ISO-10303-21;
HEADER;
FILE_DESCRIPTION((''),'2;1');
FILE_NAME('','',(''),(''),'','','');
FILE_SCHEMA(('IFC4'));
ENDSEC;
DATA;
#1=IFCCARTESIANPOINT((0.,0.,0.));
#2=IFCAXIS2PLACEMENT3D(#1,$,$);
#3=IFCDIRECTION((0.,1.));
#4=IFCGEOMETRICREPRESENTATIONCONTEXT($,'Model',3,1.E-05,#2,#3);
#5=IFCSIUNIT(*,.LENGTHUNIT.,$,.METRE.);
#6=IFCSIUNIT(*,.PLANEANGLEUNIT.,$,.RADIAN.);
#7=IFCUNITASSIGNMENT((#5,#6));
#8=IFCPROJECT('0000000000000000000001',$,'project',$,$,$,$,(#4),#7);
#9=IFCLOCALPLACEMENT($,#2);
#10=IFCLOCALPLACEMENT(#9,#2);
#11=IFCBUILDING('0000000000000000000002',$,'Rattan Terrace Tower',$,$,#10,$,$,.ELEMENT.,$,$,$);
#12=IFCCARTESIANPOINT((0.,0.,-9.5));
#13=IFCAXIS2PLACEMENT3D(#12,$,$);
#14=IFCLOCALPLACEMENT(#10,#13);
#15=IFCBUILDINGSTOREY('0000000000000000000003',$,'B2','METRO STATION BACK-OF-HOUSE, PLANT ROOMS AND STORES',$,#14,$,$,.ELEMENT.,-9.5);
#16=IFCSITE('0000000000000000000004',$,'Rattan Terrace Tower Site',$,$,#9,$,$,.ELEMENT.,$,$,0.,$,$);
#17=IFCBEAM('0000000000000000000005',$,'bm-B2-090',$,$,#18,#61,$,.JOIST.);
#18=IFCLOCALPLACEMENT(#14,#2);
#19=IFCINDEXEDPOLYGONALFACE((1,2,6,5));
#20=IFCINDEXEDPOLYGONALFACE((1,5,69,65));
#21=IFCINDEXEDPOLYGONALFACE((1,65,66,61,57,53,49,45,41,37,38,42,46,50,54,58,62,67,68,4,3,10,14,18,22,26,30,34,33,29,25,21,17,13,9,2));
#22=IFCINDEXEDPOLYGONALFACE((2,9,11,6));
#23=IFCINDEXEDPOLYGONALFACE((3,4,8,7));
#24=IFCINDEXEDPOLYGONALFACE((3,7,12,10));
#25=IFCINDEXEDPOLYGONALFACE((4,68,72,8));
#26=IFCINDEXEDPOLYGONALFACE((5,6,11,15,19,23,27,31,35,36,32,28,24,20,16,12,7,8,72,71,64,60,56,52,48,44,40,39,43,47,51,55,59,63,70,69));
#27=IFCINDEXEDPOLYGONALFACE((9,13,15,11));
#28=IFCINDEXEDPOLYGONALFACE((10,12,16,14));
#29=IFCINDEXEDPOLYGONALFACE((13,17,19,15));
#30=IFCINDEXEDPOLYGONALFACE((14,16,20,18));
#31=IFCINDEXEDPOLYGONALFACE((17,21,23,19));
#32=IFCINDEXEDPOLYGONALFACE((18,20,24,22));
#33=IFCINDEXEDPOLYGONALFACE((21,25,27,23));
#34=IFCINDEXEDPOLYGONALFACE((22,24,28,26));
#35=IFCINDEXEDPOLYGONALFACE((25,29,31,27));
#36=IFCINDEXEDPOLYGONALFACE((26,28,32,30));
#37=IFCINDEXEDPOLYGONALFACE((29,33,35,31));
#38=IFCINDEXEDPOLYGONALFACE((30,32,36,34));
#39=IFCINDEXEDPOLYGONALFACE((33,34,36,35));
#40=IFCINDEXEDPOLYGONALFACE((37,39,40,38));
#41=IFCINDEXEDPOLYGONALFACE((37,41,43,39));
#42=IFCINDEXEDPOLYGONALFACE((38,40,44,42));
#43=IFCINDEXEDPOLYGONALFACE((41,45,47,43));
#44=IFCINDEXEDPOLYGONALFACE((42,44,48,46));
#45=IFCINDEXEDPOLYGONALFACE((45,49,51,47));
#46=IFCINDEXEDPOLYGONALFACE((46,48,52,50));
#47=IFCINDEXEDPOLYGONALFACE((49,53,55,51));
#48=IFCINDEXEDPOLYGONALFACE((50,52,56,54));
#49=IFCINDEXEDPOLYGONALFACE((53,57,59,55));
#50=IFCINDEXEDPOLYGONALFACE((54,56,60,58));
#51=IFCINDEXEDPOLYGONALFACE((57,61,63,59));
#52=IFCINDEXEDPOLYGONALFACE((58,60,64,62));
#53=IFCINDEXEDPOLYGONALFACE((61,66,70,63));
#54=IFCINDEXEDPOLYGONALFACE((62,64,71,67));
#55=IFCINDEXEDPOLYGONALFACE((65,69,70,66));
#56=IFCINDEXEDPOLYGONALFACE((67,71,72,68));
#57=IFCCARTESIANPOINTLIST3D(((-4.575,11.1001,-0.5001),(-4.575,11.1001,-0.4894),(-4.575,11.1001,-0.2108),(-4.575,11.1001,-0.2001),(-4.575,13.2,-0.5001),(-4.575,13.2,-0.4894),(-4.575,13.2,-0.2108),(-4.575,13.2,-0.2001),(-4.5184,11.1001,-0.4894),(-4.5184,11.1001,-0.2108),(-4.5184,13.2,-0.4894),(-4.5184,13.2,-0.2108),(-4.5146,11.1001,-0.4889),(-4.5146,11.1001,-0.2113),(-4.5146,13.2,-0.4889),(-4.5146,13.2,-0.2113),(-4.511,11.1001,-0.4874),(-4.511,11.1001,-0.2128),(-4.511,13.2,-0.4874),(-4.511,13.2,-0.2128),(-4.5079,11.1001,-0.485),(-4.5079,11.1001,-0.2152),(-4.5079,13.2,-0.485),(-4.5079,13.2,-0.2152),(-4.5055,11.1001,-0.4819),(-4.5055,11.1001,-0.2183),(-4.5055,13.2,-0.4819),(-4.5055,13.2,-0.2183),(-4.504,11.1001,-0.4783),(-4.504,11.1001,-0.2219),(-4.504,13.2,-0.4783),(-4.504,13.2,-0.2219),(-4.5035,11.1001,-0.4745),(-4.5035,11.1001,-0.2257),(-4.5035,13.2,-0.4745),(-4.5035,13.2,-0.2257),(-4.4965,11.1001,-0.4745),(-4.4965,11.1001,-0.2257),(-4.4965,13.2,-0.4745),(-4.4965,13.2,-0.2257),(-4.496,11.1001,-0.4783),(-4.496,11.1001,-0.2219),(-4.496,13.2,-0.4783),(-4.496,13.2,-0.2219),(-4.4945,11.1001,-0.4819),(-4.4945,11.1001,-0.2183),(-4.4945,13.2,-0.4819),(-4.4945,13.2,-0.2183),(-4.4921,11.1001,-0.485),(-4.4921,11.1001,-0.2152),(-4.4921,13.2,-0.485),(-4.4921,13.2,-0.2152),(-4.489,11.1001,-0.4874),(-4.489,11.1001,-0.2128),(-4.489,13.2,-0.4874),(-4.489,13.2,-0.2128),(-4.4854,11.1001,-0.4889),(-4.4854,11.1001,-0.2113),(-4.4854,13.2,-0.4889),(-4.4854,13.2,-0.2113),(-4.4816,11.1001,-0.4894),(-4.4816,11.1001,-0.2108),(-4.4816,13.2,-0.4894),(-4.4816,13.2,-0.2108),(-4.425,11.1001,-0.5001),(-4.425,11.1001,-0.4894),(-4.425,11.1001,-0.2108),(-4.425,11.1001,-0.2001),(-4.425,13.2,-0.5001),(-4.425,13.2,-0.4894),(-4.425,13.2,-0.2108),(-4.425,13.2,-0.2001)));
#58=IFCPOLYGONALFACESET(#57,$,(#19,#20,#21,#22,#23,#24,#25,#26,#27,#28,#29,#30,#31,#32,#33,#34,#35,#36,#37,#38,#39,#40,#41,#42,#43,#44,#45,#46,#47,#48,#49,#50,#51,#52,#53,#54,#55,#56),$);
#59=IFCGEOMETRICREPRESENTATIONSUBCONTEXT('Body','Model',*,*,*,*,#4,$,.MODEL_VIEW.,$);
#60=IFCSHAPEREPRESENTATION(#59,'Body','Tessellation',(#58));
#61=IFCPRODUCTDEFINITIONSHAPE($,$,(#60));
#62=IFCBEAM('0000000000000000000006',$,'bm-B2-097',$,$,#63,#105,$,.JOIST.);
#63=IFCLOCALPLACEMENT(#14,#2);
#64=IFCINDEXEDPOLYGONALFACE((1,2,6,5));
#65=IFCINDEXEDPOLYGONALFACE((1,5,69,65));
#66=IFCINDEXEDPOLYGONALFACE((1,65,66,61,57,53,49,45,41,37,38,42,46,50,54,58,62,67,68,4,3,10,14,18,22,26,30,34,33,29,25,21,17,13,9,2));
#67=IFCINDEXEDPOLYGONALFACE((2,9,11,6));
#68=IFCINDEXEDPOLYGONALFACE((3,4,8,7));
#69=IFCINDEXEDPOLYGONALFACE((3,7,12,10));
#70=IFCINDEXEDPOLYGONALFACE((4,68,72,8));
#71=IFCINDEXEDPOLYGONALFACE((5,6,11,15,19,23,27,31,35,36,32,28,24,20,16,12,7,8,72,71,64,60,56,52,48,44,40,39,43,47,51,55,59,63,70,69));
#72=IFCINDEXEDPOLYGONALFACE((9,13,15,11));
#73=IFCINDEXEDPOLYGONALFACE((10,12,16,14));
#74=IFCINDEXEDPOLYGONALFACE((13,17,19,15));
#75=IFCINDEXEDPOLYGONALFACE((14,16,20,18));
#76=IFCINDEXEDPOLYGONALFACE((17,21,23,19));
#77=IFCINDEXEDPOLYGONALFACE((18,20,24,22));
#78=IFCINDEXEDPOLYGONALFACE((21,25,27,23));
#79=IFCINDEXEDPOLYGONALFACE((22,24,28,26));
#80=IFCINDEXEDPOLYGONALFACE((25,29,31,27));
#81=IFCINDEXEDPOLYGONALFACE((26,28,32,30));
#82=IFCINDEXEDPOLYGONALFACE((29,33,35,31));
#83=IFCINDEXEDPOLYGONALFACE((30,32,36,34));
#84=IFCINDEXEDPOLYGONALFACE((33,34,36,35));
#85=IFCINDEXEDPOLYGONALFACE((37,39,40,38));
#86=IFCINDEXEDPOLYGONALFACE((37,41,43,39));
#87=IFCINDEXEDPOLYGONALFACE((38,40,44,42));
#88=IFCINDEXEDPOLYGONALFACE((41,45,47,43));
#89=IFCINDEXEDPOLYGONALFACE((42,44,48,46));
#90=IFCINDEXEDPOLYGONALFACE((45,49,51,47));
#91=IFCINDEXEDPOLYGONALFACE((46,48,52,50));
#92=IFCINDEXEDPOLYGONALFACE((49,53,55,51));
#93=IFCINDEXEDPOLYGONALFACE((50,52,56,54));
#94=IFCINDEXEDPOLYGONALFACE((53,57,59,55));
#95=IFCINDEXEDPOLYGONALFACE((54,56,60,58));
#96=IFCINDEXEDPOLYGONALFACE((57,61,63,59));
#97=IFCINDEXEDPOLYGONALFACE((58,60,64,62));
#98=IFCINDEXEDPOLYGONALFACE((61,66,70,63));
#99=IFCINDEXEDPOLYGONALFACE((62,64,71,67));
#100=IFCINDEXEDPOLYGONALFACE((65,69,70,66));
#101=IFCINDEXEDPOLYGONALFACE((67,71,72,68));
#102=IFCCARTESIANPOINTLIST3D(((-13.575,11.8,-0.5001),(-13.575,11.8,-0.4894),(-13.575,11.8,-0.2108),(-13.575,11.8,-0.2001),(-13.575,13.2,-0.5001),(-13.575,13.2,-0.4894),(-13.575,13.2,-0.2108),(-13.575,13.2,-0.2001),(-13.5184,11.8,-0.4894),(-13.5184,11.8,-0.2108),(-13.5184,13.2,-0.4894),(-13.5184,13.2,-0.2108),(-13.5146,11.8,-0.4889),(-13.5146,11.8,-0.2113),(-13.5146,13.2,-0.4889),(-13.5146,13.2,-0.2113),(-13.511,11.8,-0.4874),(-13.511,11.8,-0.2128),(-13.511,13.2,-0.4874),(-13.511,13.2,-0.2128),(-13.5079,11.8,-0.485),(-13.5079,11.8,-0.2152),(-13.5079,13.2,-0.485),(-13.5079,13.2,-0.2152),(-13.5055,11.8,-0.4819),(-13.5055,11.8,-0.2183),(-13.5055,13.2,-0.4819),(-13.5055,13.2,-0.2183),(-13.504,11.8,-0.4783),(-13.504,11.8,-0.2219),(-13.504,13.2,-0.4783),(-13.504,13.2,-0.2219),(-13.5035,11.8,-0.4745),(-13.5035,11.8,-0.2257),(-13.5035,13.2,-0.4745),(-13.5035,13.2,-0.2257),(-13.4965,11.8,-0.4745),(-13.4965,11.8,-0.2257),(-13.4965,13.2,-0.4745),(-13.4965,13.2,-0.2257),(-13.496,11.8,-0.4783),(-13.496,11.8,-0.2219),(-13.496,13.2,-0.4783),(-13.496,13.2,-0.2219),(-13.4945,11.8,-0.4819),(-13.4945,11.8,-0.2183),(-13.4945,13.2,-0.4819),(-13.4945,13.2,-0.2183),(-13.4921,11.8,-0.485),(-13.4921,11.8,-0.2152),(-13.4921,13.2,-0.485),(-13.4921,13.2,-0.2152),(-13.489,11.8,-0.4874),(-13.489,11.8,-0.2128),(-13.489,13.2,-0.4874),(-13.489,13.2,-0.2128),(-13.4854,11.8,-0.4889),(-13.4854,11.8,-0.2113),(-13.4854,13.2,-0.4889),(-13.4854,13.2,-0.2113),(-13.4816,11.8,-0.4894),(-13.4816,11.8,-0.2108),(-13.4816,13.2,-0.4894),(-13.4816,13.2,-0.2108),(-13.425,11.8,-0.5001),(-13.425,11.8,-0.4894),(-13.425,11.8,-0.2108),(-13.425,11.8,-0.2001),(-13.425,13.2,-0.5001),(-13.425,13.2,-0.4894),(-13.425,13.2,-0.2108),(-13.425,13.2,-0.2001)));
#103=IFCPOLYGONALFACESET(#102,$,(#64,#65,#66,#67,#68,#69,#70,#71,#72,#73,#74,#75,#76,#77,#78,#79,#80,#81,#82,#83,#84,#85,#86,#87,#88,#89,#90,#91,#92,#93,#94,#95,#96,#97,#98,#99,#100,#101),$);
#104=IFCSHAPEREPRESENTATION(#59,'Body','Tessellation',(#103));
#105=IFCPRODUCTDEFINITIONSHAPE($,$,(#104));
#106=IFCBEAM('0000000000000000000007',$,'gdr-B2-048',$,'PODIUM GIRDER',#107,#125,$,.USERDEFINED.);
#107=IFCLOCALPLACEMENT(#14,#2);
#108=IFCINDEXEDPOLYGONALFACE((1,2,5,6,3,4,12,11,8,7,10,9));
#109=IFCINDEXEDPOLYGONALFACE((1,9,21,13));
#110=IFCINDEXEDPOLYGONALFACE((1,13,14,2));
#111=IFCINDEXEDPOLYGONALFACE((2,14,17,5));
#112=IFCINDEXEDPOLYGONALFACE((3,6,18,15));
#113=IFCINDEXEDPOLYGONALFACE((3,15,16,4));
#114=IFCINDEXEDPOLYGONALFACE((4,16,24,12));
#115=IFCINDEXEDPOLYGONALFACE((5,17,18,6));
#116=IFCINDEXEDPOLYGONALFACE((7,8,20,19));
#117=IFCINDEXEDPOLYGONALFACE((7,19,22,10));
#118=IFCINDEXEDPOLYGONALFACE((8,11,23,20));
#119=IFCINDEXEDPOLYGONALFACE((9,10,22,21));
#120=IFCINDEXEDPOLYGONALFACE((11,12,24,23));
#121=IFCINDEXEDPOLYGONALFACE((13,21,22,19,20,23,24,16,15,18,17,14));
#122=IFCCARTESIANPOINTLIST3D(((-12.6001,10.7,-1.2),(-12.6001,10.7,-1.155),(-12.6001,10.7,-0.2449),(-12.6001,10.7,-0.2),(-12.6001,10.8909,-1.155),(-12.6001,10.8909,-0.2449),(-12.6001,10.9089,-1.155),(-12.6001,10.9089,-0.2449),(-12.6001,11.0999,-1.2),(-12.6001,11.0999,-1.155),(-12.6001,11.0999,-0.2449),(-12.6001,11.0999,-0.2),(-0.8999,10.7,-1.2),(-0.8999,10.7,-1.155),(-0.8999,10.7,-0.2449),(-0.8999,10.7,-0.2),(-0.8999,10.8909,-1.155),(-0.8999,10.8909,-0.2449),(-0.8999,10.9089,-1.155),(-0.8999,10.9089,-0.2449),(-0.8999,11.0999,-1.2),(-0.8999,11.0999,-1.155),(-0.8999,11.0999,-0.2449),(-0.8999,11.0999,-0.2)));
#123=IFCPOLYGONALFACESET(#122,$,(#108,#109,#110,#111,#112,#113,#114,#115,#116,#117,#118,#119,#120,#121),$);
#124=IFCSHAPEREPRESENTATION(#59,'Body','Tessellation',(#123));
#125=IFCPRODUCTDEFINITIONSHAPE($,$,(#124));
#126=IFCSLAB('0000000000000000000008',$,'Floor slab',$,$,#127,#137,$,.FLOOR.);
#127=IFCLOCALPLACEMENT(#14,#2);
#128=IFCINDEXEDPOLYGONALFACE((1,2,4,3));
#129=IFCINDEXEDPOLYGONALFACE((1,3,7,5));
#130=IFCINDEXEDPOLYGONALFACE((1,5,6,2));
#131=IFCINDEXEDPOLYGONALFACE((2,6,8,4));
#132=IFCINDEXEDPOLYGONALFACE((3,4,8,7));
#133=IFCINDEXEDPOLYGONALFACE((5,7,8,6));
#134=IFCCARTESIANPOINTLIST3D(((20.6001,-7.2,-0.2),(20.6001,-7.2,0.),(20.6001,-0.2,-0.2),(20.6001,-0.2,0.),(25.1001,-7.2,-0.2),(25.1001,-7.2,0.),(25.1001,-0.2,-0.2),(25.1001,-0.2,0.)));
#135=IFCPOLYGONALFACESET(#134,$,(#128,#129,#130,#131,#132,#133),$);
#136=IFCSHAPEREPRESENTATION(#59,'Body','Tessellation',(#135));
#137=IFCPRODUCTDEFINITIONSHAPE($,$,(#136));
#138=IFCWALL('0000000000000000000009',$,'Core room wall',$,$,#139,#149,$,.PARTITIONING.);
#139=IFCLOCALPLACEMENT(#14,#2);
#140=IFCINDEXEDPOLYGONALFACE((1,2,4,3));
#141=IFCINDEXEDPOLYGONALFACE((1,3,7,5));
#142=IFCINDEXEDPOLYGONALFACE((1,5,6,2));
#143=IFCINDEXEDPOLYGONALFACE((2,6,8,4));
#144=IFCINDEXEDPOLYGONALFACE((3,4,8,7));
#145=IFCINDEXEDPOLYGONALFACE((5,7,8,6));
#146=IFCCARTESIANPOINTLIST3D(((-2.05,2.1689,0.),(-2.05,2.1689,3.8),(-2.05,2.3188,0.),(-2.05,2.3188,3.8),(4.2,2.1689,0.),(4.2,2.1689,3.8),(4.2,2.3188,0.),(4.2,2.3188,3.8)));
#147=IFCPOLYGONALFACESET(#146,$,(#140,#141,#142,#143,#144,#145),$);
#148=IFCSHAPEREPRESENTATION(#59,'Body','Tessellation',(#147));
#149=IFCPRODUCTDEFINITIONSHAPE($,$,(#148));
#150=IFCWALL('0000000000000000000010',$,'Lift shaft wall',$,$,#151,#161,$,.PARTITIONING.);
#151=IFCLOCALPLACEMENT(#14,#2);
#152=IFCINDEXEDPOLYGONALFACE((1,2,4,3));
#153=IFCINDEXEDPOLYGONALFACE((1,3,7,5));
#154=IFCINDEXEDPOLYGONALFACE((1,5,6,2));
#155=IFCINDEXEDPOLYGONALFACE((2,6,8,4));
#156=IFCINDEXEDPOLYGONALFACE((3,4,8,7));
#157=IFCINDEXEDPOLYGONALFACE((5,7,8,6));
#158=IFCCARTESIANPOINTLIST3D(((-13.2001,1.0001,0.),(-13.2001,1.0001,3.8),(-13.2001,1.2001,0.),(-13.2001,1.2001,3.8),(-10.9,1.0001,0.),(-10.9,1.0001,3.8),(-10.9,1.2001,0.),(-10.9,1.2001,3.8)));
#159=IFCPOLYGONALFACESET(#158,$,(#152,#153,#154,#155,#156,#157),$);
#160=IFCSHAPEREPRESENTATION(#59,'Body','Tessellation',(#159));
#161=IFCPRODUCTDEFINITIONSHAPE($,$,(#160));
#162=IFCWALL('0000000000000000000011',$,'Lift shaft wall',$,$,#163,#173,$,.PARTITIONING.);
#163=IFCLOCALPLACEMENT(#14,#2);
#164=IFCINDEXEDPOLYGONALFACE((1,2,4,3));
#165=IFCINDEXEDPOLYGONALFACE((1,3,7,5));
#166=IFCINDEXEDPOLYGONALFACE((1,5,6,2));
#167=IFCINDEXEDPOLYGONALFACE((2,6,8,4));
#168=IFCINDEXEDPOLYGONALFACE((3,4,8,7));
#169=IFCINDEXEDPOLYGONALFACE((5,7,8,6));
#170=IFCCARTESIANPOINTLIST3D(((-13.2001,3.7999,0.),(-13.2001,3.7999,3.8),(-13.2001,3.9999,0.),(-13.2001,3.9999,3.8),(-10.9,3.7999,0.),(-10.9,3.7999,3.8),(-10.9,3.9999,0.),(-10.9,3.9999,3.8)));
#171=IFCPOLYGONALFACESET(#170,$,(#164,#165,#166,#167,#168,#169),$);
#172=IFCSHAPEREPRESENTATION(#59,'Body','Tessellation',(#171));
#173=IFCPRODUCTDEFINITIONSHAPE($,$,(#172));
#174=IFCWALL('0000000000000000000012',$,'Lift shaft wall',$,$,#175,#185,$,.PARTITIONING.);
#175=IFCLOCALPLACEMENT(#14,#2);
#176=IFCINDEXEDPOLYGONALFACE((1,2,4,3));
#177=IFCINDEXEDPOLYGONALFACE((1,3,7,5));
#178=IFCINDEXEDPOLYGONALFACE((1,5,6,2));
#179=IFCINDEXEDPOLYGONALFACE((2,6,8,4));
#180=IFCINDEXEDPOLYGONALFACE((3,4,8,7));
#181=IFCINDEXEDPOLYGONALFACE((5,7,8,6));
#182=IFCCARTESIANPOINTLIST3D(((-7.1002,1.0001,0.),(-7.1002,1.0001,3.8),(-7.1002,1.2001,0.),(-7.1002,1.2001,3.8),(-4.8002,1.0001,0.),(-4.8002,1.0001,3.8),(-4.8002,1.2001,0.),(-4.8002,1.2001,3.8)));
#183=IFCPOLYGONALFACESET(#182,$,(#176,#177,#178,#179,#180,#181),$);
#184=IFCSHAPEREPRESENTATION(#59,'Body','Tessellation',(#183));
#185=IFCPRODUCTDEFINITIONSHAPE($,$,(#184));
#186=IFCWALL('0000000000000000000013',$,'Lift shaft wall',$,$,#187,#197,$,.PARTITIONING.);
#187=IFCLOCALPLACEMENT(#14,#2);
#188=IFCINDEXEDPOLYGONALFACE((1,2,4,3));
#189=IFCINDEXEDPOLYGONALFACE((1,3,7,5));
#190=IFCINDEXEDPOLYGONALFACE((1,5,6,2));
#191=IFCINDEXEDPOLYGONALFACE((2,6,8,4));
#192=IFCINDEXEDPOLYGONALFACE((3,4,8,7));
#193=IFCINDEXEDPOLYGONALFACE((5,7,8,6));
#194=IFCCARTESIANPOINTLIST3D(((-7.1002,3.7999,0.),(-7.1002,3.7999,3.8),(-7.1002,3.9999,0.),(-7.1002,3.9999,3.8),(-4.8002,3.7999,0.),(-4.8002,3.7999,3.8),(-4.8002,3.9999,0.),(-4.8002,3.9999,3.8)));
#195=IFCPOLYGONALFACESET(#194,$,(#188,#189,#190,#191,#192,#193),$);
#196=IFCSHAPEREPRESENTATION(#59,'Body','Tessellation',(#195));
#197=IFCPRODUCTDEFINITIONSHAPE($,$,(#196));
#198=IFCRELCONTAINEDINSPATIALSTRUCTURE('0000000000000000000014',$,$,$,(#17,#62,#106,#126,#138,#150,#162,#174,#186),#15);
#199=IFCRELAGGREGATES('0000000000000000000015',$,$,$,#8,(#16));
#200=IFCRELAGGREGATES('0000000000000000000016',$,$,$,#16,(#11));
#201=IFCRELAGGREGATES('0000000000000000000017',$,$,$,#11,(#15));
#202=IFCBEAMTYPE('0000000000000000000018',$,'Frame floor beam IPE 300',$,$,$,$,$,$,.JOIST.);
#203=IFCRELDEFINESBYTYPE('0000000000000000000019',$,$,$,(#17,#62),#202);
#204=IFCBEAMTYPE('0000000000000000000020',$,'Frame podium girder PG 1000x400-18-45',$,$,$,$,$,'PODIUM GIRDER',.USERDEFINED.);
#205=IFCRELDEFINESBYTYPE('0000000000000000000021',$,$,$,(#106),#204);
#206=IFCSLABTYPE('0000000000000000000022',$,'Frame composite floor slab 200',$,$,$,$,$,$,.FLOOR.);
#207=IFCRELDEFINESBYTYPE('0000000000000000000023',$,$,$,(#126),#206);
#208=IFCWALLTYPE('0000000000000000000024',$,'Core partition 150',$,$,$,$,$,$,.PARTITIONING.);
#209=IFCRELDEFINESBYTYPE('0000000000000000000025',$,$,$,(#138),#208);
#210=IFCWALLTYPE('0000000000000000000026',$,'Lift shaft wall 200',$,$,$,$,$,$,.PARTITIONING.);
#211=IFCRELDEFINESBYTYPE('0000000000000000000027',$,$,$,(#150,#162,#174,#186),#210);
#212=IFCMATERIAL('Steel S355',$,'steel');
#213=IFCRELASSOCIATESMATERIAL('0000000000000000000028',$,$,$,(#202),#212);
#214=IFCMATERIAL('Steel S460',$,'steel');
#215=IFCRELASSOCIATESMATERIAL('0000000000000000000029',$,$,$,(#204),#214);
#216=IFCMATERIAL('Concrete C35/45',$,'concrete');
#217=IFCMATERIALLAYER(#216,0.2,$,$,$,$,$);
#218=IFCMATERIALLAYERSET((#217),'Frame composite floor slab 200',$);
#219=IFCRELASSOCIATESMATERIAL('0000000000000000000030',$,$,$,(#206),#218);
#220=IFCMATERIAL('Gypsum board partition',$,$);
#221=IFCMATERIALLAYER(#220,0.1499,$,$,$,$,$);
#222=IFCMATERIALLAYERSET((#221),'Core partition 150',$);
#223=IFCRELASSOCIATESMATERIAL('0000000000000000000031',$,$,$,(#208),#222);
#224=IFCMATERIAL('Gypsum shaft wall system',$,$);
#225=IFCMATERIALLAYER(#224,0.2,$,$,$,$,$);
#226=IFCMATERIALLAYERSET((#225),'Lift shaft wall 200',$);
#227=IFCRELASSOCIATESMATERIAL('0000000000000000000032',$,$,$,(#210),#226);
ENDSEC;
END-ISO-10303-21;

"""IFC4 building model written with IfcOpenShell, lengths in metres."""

from ifc_helpers import new_model, si_unit, direction, frame, frame_2d, origin, origin_2d, place, context, subcontext, project, spatial, polyline, rectangle, i_section, outline, extrude, material, layer, layer_set, material_profile, profile_set, type_object, element, save


model = new_model("IFC4")

# Units and contexts
model_context = context("Model", 3, precision=1e-05, world=origin(), true_north=direction((0.0, 1.0)))
body_context = subcontext(model_context, "Body", "Model", "MODEL_VIEW")
ifc_project = project(units=[si_unit("LENGTHUNIT", "METRE"), si_unit("PLANEANGLEUNIT", "RADIAN")], contexts=[model_context])

# Site, building, storey
site_placement = place(None, origin())
site = spatial("IfcSite", under=ifc_project, at=site_placement, Name="Rattan Terrace Tower Site", CompositionType="ELEMENT", RefElevation=0.0)
building_placement = place(site_placement, origin())
building = spatial("IfcBuilding", under=site, at=building_placement, Name="Rattan Terrace Tower", CompositionType="ELEMENT")
storey_placement = place(building_placement, frame((0.0, 0.0, -9.5)))
storey = spatial("IfcBuildingStorey", under=building, at=storey_placement, Name="B2", Description="METRO STATION BACK-OF-HOUSE, PLANT ROOMS AND STORES", CompositionType="ELEMENT", Elevation=-9.5)

# Beams
ifc_material_1 = material(Name="Steel S355", Category="steel")
ifc_material_profile_1 = material_profile(ifc_material_1, i_section(OverallWidth=0.1499, OverallDepth=0.3, WebThickness=0.0071, FlangeThickness=0.0107, FilletRadius=0.0149, at=origin_2d()), Name="IPE 300")
ifc_profile_set_1 = profile_set([ifc_material_profile_1], Name="Steel S355")
beam_type_1 = type_object("IfcBeamType", Name="Frame floor beam IPE 300", PredefinedType="JOIST", material=ifc_profile_set_1)
for number, where, z_axis, x_axis, name in (
    (1, (-4.5, 11.1001, -0.3501), (0.0, 1.0, 0.0), (-1.0, 0.0, 0.0), "bm-B2-090"),
):
    element("IfcBeam", number, at=place(storey_placement, frame(where, z_axis=z_axis, x_axis=x_axis)), inside=storey, type_object=beam_type_1, Name=name, PredefinedType="JOIST", context=body_context, shape_type="SweptSolid", body=[
        extrude(i_section(OverallWidth=0.1499, OverallDepth=0.3, WebThickness=0.0071, FlangeThickness=0.0107, FilletRadius=0.0149, at=origin_2d()), origin(), (0.0, 0.0, 1.0), 2.0999),
    ])
beam_1_placement = place(storey_placement, frame((-13.5, 11.8, -0.3501), z_axis=(0.0, 1.0, 0.0), x_axis=(-1.0, 0.0, 0.0)))
element("IfcBeam", 2, at=beam_1_placement, inside=storey, type_object=beam_type_1, Name="bm-B2-097", PredefinedType="JOIST", context=body_context, shape_type="SweptSolid", body=[
    extrude(i_section(OverallWidth=0.1499, OverallDepth=0.3, WebThickness=0.0071, FlangeThickness=0.0107, FilletRadius=0.0149, at=origin_2d()), origin(), (0.0, 0.0, 1.0), 1.3999),
])
ifc_material_2 = material(Name="Steel S460", Category="steel")
ifc_material_profile_2 = material_profile(ifc_material_2, i_section(OverallWidth=0.3999, OverallDepth=1.0, WebThickness=0.0181, FlangeThickness=0.0449, at=origin_2d()), Name="PG 1000x400-18-45")
ifc_profile_set_2 = profile_set([ifc_material_profile_2], Name="Steel S460")
beam_type_2 = type_object("IfcBeamType", Name="Frame podium girder PG 1000x400-18-45", ElementType="PODIUM GIRDER", PredefinedType="USERDEFINED", material=ifc_profile_set_2)
beam_2_placement = place(storey_placement, frame((-12.6001, 10.8999, -0.7), z_axis=(1.0, 0.0, 0.0), x_axis=(0.0, 1.0, 0.0)))
element("IfcBeam", 3, at=beam_2_placement, inside=storey, type_object=beam_type_2, Name="gdr-B2-048", ObjectType="PODIUM GIRDER", PredefinedType="USERDEFINED", context=body_context, shape_type="SweptSolid", body=[
    extrude(i_section(OverallWidth=0.3999, OverallDepth=1.0, WebThickness=0.0181, FlangeThickness=0.0449, at=origin_2d()), origin(), (0.0, 0.0, 1.0), 11.7002),
])

# Slab
ifc_material_3 = material(Name="Concrete C35/45", Category="concrete")
ifc_layer_1 = layer(ifc_material_3, 0.2)
ifc_layer_set_1 = layer_set([ifc_layer_1], Name="Frame composite floor slab 200")
slab_type = type_object("IfcSlabType", Name="Frame composite floor slab 200", PredefinedType="FLOOR", material=ifc_layer_set_1)
slab_placement = place(storey_placement, frame((0.0, 0.0, -0.2)))
element("IfcSlab", 4, at=slab_placement, inside=storey, type_object=slab_type, Name="Floor slab", PredefinedType="FLOOR", context=body_context, shape_type="SweptSolid", body=[
    extrude(outline(polyline([(20.6001, -0.2), (20.6001, -7.2), (25.1001, -7.2), (25.1001, -0.2), (20.6001, -0.2)])), origin(), (0.0, 0.0, 1.0), 0.2),
])

# Walls
ifc_material_4 = material(Name="Gypsum board partition")
ifc_layer_2 = layer(ifc_material_4, 0.1499)
ifc_layer_set_2 = layer_set([ifc_layer_2], Name="Core partition 150")
wall_type_1 = type_object("IfcWallType", Name="Core partition 150", PredefinedType="PARTITIONING", material=ifc_layer_set_2)
wall_placement = place(storey_placement, frame((-2.05, 2.2439, 0.0), z_axis=(0.0, 0.0, 1.0), x_axis=(1.0, 0.0, 0.0)))
element("IfcWall", 5, at=wall_placement, inside=storey, type_object=wall_type_1, Name="Core room wall", PredefinedType="PARTITIONING", context=body_context, shape_type="SweptSolid", body=[
    extrude(rectangle(XDim=6.25, YDim=0.1499, at=frame_2d((3.125, 0.0))), origin(), (0.0, 0.0, 1.0), 3.8),
])
ifc_material_5 = material(Name="Gypsum shaft wall system")
ifc_layer_3 = layer(ifc_material_5, 0.2)
ifc_layer_set_3 = layer_set([ifc_layer_3], Name="Lift shaft wall 200")
wall_type_2 = type_object("IfcWallType", Name="Lift shaft wall 200", PredefinedType="PARTITIONING", material=ifc_layer_set_3)
for number, where, z_axis, x_axis, name in (
    (6, (-13.2, 1.1001, 0.0), (0.0, 0.0, 1.0), (1.0, 0.0, 0.0), "Lift shaft wall"),
    (7, (-13.2, 3.8999, 0.0), (0.0, 0.0, 1.0), (1.0, 0.0, 0.0), "Lift shaft wall"),
    (8, (-7.1001, 1.1001, 0.0), (0.0, 0.0, 1.0), (1.0, 0.0, 0.0), "Lift shaft wall"),
    (9, (-7.1001, 3.8999, 0.0), (0.0, 0.0, 1.0), (1.0, 0.0, 0.0), "Lift shaft wall"),
):
    element("IfcWall", number, at=place(storey_placement, frame(where, z_axis=z_axis, x_axis=x_axis)), inside=storey, type_object=wall_type_2, Name=name, PredefinedType="PARTITIONING", context=body_context, shape_type="SweptSolid", body=[
        extrude(rectangle(XDim=2.3, YDim=0.2, at=frame_2d((1.1499, 0.0))), origin(), (0.0, 0.0, 1.0), 3.8),
    ])

save(model, "model.ifc")
